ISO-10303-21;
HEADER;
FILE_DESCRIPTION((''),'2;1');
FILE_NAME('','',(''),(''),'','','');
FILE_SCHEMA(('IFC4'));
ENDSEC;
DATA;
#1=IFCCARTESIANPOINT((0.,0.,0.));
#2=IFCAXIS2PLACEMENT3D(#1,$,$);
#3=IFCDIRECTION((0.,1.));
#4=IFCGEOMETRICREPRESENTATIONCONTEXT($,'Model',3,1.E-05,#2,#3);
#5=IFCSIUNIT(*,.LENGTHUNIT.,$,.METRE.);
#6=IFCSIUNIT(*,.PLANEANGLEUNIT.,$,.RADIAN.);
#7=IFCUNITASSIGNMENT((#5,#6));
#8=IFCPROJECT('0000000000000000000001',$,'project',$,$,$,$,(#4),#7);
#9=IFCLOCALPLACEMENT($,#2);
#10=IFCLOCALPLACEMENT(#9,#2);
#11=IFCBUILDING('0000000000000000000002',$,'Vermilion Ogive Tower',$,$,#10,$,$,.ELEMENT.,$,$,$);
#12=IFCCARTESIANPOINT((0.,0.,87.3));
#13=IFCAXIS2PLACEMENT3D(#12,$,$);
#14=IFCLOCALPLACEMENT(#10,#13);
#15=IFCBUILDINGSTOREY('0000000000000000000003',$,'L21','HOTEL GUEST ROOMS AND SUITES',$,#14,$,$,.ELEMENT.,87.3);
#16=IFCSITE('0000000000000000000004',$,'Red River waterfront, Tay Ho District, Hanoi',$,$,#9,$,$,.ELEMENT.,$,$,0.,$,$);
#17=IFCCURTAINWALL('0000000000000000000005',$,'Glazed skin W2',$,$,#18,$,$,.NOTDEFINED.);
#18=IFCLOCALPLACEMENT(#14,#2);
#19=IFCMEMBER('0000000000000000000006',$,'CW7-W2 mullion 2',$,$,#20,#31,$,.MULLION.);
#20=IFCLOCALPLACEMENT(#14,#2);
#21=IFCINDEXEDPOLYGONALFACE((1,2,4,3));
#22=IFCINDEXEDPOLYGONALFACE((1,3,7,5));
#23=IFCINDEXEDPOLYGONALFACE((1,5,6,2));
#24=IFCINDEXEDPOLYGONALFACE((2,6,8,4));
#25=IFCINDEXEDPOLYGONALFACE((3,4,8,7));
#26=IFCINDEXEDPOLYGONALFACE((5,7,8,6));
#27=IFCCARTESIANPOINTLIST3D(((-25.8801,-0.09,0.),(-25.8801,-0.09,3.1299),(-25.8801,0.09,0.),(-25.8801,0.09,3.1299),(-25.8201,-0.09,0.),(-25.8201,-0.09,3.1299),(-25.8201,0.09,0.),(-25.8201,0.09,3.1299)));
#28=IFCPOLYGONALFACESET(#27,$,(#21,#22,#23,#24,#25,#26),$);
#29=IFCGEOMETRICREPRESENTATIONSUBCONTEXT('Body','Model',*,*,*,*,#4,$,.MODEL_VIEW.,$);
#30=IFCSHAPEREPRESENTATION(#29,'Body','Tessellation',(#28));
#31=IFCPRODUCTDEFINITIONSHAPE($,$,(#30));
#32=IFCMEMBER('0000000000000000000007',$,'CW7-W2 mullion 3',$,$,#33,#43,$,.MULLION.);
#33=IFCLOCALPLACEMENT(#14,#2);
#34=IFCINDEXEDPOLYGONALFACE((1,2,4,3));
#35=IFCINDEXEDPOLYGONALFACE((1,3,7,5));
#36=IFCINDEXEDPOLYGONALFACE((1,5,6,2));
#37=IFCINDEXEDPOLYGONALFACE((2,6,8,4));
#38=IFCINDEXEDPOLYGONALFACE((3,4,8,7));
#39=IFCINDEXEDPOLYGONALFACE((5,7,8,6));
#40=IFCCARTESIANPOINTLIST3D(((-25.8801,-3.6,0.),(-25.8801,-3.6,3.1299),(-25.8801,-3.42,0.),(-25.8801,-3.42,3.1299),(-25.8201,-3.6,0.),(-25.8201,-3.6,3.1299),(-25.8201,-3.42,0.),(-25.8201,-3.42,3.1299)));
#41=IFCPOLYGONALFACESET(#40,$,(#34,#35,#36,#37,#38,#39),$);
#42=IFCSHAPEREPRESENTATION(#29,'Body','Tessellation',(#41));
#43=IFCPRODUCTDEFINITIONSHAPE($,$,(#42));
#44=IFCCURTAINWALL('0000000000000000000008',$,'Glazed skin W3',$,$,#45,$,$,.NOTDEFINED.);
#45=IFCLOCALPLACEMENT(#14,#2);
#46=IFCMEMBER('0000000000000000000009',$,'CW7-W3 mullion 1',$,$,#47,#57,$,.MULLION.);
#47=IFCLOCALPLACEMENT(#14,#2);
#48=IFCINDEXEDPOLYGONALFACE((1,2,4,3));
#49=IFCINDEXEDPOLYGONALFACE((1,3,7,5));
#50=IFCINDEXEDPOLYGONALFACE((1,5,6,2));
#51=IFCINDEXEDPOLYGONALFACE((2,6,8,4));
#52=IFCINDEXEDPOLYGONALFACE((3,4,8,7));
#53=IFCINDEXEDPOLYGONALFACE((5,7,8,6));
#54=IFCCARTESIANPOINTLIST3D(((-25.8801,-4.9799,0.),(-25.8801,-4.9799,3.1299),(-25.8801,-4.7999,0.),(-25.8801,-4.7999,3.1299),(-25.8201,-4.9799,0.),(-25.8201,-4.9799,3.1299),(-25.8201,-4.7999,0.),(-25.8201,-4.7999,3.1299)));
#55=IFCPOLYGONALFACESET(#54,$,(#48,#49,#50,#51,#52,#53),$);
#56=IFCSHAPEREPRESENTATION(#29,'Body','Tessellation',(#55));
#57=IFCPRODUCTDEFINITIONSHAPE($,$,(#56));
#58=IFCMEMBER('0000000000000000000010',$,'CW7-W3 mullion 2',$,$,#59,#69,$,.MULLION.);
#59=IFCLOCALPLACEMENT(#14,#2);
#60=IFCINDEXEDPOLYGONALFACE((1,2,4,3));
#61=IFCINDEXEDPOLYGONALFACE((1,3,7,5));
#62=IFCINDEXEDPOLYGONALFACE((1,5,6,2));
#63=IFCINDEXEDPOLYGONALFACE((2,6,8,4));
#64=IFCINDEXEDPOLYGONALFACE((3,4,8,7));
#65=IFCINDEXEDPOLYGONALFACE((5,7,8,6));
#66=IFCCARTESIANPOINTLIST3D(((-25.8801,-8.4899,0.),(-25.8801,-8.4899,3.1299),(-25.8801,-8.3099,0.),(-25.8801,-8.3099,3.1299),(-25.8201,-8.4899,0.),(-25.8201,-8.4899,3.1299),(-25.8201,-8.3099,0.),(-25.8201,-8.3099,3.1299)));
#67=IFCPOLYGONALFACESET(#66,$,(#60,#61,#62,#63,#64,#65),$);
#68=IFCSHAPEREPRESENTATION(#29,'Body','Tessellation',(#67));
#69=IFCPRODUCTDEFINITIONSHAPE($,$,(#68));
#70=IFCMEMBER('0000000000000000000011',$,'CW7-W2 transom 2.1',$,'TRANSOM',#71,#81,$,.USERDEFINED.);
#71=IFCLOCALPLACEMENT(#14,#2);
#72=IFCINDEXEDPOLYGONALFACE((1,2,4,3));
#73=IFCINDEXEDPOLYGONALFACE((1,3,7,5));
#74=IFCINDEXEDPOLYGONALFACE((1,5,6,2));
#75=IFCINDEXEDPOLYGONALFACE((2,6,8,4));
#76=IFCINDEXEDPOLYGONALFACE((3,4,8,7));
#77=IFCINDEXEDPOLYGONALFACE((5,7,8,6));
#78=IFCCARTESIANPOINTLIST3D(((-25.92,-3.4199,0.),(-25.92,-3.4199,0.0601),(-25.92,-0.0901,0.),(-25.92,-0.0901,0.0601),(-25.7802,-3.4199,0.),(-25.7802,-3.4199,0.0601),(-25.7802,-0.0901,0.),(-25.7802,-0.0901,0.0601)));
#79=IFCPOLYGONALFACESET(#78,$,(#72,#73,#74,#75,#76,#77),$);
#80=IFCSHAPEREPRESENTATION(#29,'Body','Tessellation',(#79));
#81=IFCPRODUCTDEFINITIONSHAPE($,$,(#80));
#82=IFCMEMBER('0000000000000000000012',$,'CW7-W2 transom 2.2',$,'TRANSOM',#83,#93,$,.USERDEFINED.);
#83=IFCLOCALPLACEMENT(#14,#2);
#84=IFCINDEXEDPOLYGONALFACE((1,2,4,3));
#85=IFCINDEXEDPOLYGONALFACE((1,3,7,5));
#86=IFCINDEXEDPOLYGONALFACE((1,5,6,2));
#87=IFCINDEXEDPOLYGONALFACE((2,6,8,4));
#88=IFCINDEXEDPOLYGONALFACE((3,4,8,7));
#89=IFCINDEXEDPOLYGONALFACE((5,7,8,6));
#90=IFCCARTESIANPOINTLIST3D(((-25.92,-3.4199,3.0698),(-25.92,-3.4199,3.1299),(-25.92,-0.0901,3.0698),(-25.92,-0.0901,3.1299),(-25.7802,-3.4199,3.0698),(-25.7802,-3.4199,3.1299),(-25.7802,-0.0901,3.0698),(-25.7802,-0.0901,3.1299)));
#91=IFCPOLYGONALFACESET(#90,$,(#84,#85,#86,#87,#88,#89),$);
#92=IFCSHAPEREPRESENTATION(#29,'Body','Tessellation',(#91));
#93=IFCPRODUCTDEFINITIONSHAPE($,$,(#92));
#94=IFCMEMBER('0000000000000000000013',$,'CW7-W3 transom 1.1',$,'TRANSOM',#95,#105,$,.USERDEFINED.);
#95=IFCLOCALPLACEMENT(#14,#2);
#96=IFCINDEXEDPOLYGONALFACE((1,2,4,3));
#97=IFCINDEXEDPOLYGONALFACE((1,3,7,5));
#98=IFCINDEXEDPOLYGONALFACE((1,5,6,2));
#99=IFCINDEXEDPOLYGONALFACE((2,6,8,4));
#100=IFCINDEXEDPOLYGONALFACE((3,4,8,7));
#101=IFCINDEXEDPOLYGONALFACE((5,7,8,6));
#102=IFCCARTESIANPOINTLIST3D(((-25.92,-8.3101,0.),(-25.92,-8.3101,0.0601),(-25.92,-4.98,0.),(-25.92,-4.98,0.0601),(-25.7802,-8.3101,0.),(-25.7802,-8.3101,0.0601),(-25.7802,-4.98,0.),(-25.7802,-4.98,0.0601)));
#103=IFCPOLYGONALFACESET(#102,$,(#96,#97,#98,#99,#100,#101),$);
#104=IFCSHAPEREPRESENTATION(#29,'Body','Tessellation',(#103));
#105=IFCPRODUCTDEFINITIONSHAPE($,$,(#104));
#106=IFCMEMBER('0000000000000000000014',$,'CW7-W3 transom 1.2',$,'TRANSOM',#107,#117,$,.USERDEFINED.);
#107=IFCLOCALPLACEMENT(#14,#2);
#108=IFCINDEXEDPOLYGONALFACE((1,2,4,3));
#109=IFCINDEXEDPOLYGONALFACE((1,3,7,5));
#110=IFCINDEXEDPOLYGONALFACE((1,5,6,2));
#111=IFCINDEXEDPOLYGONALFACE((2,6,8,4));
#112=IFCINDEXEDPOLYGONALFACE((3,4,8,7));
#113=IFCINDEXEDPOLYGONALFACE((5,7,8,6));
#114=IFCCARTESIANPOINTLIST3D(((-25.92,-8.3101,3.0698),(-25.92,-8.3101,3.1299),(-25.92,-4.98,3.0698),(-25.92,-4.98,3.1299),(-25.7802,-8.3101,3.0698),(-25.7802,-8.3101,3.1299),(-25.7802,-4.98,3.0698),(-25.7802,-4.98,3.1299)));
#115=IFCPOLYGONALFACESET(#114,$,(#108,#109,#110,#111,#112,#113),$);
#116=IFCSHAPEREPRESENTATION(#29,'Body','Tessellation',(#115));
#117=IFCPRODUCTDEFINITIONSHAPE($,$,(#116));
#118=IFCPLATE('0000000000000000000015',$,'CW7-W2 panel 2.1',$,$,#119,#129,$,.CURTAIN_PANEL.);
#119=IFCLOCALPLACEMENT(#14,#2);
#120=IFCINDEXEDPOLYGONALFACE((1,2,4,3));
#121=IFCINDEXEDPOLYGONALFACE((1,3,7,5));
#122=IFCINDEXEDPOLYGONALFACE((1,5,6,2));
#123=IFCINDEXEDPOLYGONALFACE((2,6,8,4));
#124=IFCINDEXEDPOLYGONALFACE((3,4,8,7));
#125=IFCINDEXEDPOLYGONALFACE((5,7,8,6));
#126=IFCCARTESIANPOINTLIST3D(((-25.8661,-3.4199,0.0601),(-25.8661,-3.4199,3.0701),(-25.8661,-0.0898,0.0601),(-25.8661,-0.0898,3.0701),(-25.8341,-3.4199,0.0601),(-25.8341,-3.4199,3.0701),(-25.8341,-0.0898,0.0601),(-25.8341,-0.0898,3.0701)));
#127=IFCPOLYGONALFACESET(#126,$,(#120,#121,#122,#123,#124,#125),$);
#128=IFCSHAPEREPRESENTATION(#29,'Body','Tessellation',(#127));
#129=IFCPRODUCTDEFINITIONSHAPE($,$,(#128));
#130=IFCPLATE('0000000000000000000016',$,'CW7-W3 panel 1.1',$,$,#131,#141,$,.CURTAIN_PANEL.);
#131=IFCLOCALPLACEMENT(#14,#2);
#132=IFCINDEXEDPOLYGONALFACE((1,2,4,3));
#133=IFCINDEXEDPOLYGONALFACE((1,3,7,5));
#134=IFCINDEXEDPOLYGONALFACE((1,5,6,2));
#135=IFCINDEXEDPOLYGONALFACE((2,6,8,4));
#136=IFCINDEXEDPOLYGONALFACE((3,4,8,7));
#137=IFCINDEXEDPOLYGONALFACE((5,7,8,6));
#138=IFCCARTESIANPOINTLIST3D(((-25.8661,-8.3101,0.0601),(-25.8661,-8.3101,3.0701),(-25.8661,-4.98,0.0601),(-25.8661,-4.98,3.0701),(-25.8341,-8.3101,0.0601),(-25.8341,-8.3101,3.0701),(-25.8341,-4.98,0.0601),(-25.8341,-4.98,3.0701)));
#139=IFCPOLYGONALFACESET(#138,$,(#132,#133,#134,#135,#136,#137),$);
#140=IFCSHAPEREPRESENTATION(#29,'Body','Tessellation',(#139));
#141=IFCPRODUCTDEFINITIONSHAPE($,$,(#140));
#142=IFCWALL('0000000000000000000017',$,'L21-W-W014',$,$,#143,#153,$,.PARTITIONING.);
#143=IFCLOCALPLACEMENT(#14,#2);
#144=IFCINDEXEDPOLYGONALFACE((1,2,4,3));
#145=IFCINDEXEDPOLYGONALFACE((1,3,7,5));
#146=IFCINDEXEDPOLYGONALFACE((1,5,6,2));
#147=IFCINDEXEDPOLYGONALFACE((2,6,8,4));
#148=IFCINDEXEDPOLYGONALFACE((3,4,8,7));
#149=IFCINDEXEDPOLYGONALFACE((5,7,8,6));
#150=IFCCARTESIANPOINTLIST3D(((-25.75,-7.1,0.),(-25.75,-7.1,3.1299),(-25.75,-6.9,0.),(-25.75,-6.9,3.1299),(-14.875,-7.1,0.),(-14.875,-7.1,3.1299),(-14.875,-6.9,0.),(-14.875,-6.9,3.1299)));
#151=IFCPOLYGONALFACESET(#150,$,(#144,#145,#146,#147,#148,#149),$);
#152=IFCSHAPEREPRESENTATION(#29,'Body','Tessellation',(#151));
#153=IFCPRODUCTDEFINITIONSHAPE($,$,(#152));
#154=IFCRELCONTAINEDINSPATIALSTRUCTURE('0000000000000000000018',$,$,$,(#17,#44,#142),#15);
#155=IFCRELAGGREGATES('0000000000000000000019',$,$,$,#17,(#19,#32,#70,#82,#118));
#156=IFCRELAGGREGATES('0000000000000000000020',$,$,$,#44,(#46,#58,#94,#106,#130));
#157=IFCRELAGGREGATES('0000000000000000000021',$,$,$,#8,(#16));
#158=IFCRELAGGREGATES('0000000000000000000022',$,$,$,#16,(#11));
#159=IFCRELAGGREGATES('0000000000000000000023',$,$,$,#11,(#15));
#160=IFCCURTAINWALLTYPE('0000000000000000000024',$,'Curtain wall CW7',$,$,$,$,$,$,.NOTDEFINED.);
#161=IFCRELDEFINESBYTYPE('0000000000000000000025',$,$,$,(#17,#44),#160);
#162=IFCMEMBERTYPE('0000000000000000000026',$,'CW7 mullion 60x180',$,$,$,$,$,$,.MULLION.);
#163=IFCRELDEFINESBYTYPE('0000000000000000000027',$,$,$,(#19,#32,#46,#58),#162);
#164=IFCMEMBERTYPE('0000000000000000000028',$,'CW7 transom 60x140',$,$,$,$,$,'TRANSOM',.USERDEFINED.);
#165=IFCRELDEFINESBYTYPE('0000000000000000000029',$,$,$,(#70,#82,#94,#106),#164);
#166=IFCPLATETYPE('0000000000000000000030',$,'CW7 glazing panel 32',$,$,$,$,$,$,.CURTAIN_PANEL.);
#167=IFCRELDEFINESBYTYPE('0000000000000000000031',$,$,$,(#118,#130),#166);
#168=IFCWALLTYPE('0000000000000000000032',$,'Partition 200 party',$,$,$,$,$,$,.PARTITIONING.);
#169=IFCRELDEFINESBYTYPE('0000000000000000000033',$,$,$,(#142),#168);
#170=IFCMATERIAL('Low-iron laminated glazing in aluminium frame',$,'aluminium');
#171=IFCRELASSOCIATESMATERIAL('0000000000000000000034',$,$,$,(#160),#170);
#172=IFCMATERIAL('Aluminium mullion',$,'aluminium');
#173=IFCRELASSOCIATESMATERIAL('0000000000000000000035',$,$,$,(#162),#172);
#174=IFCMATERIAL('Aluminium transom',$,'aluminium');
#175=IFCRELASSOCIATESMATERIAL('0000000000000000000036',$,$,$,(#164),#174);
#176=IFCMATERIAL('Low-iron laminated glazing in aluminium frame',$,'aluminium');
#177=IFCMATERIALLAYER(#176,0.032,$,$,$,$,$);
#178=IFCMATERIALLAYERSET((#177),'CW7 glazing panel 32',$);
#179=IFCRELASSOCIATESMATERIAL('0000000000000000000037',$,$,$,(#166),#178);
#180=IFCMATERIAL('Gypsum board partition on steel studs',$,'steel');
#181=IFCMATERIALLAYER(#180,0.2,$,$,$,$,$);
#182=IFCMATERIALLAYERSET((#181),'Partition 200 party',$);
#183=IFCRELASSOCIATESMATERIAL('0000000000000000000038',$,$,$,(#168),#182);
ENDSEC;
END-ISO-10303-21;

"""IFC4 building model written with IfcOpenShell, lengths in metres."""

from ifc_helpers import new_model, si_unit, direction, frame, frame_2d, origin, origin_2d, place, context, subcontext, project, spatial, rectangle, extrude, material, layer, layer_set, material_profile, profile_set, type_object, element, aggregate, save


model = new_model("IFC4")

# Units and contexts
model_context = context("Model", 3, precision=1e-05, world=origin(), true_north=direction((0.0, 1.0)))
body_context = subcontext(model_context, "Body", "Model", "MODEL_VIEW")
ifc_project = project(units=[si_unit("LENGTHUNIT", "METRE"), si_unit("PLANEANGLEUNIT", "RADIAN")], contexts=[model_context])

# Site, building, storey
site_placement = place(None, origin())
site = spatial("IfcSite", under=ifc_project, at=site_placement, Name="Red River waterfront, Tay Ho District, Hanoi", CompositionType="ELEMENT", RefElevation=0.0)
building_placement = place(site_placement, origin())
building = spatial("IfcBuilding", under=site, at=building_placement, Name="Vermilion Ogive Tower", CompositionType="ELEMENT")
storey_placement = place(building_placement, frame((0.0, 0.0, 87.3)))
storey = spatial("IfcBuildingStorey", under=building, at=storey_placement, Name="L21", Description="HOTEL GUEST ROOMS AND SUITES", CompositionType="ELEMENT", Elevation=87.3)

# Curtain walls, members
ifc_material_1 = material(Name="Low-iron laminated glazing in aluminium frame", Category="aluminium")
curtain_wall_type = type_object("IfcCurtainWallType", Name="Curtain wall CW7", PredefinedType="NOTDEFINED", material=ifc_material_1)
curtain_wall_1_placement = place(storey_placement, origin())
curtain_wall_1 = element("IfcCurtainWall", 1, at=curtain_wall_1_placement, inside=storey, type_object=curtain_wall_type, Name="Glazed skin W2", PredefinedType="NOTDEFINED")
ifc_material_2 = material(Name="Aluminium mullion", Category="aluminium")
ifc_material_profile_1 = material_profile(ifc_material_2, rectangle(XDim=0.0601, YDim=0.1799, at=origin_2d()), Name="AL 60x180")
ifc_profile_set_1 = profile_set([ifc_material_profile_1], Name="Aluminium mullion")
member_type_1 = type_object("IfcMemberType", Name="CW7 mullion 60x180", PredefinedType="MULLION", material=ifc_profile_set_1)
member_1_placement = place(storey_placement, frame((-25.8501, 0.0, 0.0), z_axis=(0.0, 0.0, 1.0), x_axis=(1.0, 0.0, 0.0)))
member_1 = element("IfcMember", 2, at=member_1_placement, type_object=member_type_1, Name="CW7-W2 mullion 2", PredefinedType="MULLION", context=body_context, shape_type="SweptSolid", body=[
    extrude(rectangle(XDim=0.0601, YDim=0.1799, at=origin_2d()), origin(), (0.0, 0.0, 1.0), 3.1299),
])
member_2_placement = place(storey_placement, frame((-25.8501, -3.51, 0.0), z_axis=(0.0, 0.0, 1.0), x_axis=(1.0, 0.0, 0.0)))
member_2 = element("IfcMember", 3, at=member_2_placement, type_object=member_type_1, Name="CW7-W2 mullion 3", PredefinedType="MULLION", context=body_context, shape_type="SweptSolid", body=[
    extrude(rectangle(XDim=0.0601, YDim=0.1799, at=origin_2d()), origin(), (0.0, 0.0, 1.0), 3.1299),
])
curtain_wall_2_placement = place(storey_placement, origin())
curtain_wall_2 = element("IfcCurtainWall", 4, at=curtain_wall_2_placement, inside=storey, type_object=curtain_wall_type, Name="Glazed skin W3", PredefinedType="NOTDEFINED")
member_3_placement = place(storey_placement, frame((-25.8501, -4.8899, 0.0), z_axis=(0.0, 0.0, 1.0), x_axis=(1.0, 0.0, 0.0)))
member_3 = element("IfcMember", 5, at=member_3_placement, type_object=member_type_1, Name="CW7-W3 mullion 1", PredefinedType="MULLION", context=body_context, shape_type="SweptSolid", body=[
    extrude(rectangle(XDim=0.0601, YDim=0.1799, at=origin_2d()), origin(), (0.0, 0.0, 1.0), 3.1299),
])
member_4_placement = place(storey_placement, frame((-25.8501, -8.3999, 0.0), z_axis=(0.0, 0.0, 1.0), x_axis=(1.0, 0.0, 0.0)))
member_4 = element("IfcMember", 6, at=member_4_placement, type_object=member_type_1, Name="CW7-W3 mullion 2", PredefinedType="MULLION", context=body_context, shape_type="SweptSolid", body=[
    extrude(rectangle(XDim=0.0601, YDim=0.1799, at=origin_2d()), origin(), (0.0, 0.0, 1.0), 3.1299),
])

# Members
ifc_material_3 = material(Name="Aluminium transom", Category="aluminium")
ifc_material_profile_2 = material_profile(ifc_material_3, rectangle(XDim=0.1399, YDim=0.0601, at=origin_2d()), Name="AL 60x140")
ifc_profile_set_2 = profile_set([ifc_material_profile_2], Name="Aluminium transom")
member_type_2 = type_object("IfcMemberType", Name="CW7 transom 60x140", ElementType="TRANSOM", PredefinedType="USERDEFINED", material=ifc_profile_set_2)
member_5_placement = place(storey_placement, frame((-25.8501, -0.0901, 0.03), z_axis=(0.0, -1.0, 0.0), x_axis=(1.0, 0.0, 0.0)))
member_5 = element("IfcMember", 7, at=member_5_placement, type_object=member_type_2, Name="CW7-W2 transom 2.1", ObjectType="TRANSOM", PredefinedType="USERDEFINED", context=body_context, shape_type="SweptSolid", body=[
    extrude(rectangle(XDim=0.1399, YDim=0.0601, at=origin_2d()), origin(), (0.0, 0.0, 1.0), 3.3298),
])
member_6_placement = place(storey_placement, frame((-25.8501, -0.0901, 3.0999), z_axis=(0.0, -1.0, 0.0), x_axis=(1.0, 0.0, 0.0)))
member_6 = element("IfcMember", 8, at=member_6_placement, type_object=member_type_2, Name="CW7-W2 transom 2.2", ObjectType="TRANSOM", PredefinedType="USERDEFINED", context=body_context, shape_type="SweptSolid", body=[
    extrude(rectangle(XDim=0.1399, YDim=0.0601, at=origin_2d()), origin(), (0.0, 0.0, 1.0), 3.3298),
])
member_7_placement = place(storey_placement, frame((-25.8501, -4.98, 0.03), z_axis=(0.0, -1.0, 0.0), x_axis=(1.0, 0.0, 0.0)))
member_7 = element("IfcMember", 9, at=member_7_placement, type_object=member_type_2, Name="CW7-W3 transom 1.1", ObjectType="TRANSOM", PredefinedType="USERDEFINED", context=body_context, shape_type="SweptSolid", body=[
    extrude(rectangle(XDim=0.1399, YDim=0.0601, at=origin_2d()), origin(), (0.0, 0.0, 1.0), 3.3301),
])
member_8_placement = place(storey_placement, frame((-25.8501, -4.98, 3.0999), z_axis=(0.0, -1.0, 0.0), x_axis=(1.0, 0.0, 0.0)))
member_8 = element("IfcMember", 10, at=member_8_placement, type_object=member_type_2, Name="CW7-W3 transom 1.2", ObjectType="TRANSOM", PredefinedType="USERDEFINED", context=body_context, shape_type="SweptSolid", body=[
    extrude(rectangle(XDim=0.1399, YDim=0.0601, at=origin_2d()), origin(), (0.0, 0.0, 1.0), 3.3301),
])

# Plates
ifc_material_4 = material(Name="Low-iron laminated glazing in aluminium frame", Category="aluminium")
ifc_layer_1 = layer(ifc_material_4, 0.032)
ifc_layer_set_1 = layer_set([ifc_layer_1], Name="CW7 glazing panel 32")
plate_type = type_object("IfcPlateType", Name="CW7 glazing panel 32", PredefinedType="CURTAIN_PANEL", material=ifc_layer_set_1)
plate_1_placement = place(storey_placement, frame((-25.8501, -1.7549, 0.0601), z_axis=(0.0, 0.0, 1.0), x_axis=(0.0, -1.0, 0.0)))
plate_1 = element("IfcPlate", 11, at=plate_1_placement, type_object=plate_type, Name="CW7-W2 panel 2.1", PredefinedType="CURTAIN_PANEL", context=body_context, shape_type="SweptSolid", body=[
    extrude(rectangle(XDim=3.3301, YDim=0.032, at=origin_2d()), origin(), (0.0, 0.0, 1.0), 3.01),
])
aggregate(curtain_wall_1, [member_1, member_2, member_5, member_6, plate_1])
plate_2_placement = place(storey_placement, frame((-25.8501, -6.645, 0.0601), z_axis=(0.0, 0.0, 1.0), x_axis=(0.0, -1.0, 0.0)))
plate_2 = element("IfcPlate", 12, at=plate_2_placement, type_object=plate_type, Name="CW7-W3 panel 1.1", PredefinedType="CURTAIN_PANEL", context=body_context, shape_type="SweptSolid", body=[
    extrude(rectangle(XDim=3.3301, YDim=0.032, at=origin_2d()), origin(), (0.0, 0.0, 1.0), 3.01),
])
aggregate(curtain_wall_2, [member_3, member_4, member_7, member_8, plate_2])

# Wall
ifc_material_5 = material(Name="Gypsum board partition on steel studs", Category="steel")
ifc_layer_2 = layer(ifc_material_5, 0.2)
ifc_layer_set_2 = layer_set([ifc_layer_2], Name="Partition 200 party")
wall_type = type_object("IfcWallType", Name="Partition 200 party", PredefinedType="PARTITIONING", material=ifc_layer_set_2)
wall_placement = place(storey_placement, frame((-25.75, -7.0, 0.0), z_axis=(0.0, 0.0, 1.0), x_axis=(1.0, 0.0, 0.0)))
element("IfcWall", 13, at=wall_placement, inside=storey, type_object=wall_type, Name="L21-W-W014", PredefinedType="PARTITIONING", context=body_context, shape_type="SweptSolid", body=[
    extrude(rectangle(XDim=10.875, YDim=0.2, at=frame_2d((5.4375, 0.0))), origin(), (0.0, 0.0, 1.0), 3.1299),
])

save(model, "model.ifc")
